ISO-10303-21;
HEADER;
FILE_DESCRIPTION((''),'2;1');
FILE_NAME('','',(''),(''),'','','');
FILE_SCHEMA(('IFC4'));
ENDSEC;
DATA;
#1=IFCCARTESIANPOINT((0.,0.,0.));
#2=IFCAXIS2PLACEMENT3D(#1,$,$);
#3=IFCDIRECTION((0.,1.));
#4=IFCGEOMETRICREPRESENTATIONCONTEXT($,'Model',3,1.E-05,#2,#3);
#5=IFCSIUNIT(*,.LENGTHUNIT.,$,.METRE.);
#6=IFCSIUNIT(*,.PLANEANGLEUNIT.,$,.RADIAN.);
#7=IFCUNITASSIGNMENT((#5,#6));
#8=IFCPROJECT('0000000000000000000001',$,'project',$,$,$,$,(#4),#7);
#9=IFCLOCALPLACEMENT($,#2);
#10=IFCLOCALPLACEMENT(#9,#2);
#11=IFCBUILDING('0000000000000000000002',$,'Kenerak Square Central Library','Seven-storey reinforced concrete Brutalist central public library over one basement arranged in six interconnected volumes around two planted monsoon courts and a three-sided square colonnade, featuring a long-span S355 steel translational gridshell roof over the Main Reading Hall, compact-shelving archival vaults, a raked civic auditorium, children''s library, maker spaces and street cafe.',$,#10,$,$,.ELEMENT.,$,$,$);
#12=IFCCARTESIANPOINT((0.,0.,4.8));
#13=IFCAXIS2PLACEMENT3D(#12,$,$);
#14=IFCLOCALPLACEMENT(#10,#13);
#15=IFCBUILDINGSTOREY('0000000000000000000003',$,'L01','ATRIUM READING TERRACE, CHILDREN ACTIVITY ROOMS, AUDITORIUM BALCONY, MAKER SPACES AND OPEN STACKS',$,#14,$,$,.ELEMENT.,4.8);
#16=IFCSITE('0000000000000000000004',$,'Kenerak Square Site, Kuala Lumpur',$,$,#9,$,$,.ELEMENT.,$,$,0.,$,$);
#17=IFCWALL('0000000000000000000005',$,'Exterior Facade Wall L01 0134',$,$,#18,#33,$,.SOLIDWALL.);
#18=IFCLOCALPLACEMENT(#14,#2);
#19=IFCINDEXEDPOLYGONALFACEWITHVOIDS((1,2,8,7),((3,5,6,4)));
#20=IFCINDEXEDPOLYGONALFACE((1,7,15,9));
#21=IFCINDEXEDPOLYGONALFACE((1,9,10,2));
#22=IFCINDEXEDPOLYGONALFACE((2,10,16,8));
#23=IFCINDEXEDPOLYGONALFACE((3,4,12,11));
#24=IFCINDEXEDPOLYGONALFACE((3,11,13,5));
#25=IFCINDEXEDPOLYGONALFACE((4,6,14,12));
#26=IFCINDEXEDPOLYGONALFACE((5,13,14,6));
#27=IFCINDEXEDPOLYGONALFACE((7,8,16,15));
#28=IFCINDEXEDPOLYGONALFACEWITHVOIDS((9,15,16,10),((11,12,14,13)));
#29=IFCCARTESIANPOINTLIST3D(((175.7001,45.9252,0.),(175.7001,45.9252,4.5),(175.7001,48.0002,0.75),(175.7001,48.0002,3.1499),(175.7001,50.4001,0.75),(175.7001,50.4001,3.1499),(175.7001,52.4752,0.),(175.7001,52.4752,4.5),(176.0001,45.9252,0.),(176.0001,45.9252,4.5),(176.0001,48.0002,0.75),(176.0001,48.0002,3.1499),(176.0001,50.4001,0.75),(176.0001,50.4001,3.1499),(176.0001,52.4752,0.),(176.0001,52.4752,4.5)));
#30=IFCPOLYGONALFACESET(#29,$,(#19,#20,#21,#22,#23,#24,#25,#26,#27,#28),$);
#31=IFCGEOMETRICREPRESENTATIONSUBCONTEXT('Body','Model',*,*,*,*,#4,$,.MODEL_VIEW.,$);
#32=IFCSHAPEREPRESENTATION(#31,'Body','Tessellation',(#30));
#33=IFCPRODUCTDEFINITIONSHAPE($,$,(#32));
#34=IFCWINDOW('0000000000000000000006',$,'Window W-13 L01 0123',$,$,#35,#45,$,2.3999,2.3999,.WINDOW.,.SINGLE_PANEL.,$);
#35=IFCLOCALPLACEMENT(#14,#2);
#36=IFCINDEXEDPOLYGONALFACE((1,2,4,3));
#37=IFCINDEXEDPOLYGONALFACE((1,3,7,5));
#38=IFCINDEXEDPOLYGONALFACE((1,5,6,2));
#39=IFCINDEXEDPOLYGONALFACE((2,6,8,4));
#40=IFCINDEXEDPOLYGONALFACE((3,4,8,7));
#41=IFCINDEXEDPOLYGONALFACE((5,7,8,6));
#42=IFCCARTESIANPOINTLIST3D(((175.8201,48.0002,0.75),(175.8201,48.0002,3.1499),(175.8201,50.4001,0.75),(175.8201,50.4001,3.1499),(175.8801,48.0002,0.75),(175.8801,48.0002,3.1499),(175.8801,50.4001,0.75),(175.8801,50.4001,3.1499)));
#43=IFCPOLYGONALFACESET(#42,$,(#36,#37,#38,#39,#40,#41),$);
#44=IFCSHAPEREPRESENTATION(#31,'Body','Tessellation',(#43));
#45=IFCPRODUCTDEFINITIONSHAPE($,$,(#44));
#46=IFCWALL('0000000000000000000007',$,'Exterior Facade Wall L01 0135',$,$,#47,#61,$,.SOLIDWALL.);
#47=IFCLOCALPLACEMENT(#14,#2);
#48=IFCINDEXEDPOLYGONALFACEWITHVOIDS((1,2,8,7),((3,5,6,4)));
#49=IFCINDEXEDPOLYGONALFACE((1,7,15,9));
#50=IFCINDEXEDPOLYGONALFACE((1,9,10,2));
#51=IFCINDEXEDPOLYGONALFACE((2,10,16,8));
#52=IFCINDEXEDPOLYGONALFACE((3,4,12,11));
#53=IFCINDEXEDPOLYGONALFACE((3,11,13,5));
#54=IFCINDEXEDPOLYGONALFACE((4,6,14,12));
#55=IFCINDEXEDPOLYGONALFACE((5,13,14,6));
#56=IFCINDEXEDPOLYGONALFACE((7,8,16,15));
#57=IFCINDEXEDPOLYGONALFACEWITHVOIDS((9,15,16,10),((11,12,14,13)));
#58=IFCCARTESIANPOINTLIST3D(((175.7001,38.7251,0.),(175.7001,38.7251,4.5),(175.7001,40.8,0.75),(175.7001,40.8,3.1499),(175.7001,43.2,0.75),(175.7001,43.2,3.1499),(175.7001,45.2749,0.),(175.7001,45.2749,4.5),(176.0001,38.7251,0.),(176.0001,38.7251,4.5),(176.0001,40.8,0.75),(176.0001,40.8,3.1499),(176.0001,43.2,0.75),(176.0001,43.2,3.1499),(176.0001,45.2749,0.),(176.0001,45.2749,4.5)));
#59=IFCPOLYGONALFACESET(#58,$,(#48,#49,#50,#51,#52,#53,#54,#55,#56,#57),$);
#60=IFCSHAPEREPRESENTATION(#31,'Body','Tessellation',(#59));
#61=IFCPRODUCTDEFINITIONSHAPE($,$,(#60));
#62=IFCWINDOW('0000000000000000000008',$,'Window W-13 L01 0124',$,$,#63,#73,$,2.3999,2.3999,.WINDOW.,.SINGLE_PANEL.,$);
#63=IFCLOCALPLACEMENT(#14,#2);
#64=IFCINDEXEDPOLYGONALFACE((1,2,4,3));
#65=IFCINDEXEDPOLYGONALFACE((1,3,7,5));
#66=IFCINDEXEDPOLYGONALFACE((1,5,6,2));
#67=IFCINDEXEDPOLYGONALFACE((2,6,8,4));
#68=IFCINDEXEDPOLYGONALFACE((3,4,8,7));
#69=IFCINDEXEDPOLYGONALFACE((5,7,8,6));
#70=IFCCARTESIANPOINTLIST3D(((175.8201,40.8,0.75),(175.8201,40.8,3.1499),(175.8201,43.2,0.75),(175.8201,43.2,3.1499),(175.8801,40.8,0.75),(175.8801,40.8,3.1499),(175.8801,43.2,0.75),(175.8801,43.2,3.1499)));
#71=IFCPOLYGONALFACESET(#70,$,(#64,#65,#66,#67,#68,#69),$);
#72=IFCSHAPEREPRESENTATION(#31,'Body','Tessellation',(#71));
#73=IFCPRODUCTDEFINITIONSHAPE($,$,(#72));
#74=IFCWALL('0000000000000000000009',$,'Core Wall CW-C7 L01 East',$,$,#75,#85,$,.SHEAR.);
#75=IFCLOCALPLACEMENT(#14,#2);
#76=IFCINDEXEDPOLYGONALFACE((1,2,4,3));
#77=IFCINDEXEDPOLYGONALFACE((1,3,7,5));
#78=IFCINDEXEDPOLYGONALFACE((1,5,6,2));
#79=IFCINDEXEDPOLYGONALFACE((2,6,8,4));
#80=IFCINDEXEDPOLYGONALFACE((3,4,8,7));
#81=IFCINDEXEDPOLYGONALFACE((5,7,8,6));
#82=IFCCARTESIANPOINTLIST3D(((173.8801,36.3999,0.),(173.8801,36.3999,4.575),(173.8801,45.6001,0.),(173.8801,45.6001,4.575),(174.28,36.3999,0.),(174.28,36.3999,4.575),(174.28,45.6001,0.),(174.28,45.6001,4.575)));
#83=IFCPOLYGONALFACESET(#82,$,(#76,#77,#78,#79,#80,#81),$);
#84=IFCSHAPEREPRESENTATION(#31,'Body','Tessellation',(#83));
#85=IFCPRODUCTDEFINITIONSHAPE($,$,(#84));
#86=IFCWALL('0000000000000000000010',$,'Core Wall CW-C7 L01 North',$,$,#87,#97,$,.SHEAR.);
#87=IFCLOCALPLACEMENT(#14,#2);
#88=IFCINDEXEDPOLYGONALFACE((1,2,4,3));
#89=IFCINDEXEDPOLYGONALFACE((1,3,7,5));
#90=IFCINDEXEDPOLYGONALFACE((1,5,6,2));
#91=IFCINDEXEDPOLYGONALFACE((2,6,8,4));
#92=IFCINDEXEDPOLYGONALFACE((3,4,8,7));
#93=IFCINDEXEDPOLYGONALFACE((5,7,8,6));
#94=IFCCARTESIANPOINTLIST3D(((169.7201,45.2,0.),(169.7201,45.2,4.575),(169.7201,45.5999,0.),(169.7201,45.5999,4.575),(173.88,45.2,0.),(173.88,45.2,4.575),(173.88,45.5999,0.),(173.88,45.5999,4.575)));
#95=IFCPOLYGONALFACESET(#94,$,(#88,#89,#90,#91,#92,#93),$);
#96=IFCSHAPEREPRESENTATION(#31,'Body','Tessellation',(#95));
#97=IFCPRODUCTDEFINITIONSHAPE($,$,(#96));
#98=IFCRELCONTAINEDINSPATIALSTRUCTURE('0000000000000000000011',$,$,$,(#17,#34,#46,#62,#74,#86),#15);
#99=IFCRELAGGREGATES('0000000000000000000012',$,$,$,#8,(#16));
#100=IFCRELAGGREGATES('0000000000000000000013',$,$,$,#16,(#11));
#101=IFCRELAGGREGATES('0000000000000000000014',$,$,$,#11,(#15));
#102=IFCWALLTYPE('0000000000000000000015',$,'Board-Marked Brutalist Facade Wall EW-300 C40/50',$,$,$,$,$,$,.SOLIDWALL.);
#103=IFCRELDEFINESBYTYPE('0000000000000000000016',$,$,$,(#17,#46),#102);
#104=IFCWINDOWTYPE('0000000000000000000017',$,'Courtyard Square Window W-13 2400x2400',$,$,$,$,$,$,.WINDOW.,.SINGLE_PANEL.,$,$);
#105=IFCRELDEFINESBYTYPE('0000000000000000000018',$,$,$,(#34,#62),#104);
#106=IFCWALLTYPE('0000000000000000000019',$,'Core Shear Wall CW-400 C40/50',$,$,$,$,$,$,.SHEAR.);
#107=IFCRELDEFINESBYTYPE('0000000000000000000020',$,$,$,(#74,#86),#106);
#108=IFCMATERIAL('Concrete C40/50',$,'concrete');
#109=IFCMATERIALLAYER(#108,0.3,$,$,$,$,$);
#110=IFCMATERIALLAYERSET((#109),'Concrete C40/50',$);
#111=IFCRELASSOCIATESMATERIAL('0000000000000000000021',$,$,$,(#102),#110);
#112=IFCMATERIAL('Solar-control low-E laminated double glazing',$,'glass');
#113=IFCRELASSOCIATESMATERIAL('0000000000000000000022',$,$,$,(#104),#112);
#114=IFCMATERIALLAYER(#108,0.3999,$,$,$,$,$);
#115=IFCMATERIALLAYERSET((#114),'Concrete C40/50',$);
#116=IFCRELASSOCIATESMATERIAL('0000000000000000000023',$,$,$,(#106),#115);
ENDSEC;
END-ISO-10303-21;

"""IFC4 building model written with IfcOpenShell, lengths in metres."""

from ifc_helpers import new_model, si_unit, direction, frame, frame_2d, origin, place, context, subcontext, project, spatial, rectangle, extrude, material, layer, layer_set, type_object, element, fill, save


model = new_model("IFC4")

# Units and contexts
model_context = context("Model", 3, precision=1e-05, world=origin(), true_north=direction((0.0, 1.0)))
body_context = subcontext(model_context, "Body", "Model", "MODEL_VIEW")
ifc_project = project(units=[si_unit("LENGTHUNIT", "METRE"), si_unit("PLANEANGLEUNIT", "RADIAN")], contexts=[model_context])

# Site, building, storey
site_placement = place(None, origin())
site = spatial("IfcSite", under=ifc_project, at=site_placement, Name="Kenerak Square Site, Kuala Lumpur", CompositionType="ELEMENT", RefElevation=0.0)
building_placement = place(site_placement, origin())
building = spatial("IfcBuilding", under=site, at=building_placement, Name="Kenerak Square Central Library", Description="Seven-storey reinforced concrete Brutalist central public library over one basement arranged in six interconnected volumes around two planted monsoon courts and a three-sided square colonnade, featuring a long-span S355 steel translational gridshell roof over the Main Reading Hall, compact-shelving archival vaults, a raked civic auditorium, children's library, maker spaces and street cafe.", CompositionType="ELEMENT")
storey_placement = place(building_placement, frame((0.0, 0.0, 4.8)))
storey = spatial("IfcBuildingStorey", under=building, at=storey_placement, Name="L01", Description="ATRIUM READING TERRACE, CHILDREN ACTIVITY ROOMS, AUDITORIUM BALCONY, MAKER SPACES AND OPEN STACKS", CompositionType="ELEMENT", Elevation=4.8)

# Shared definitions
ifc_material_1 = material(Name="Concrete C40/50", Category="concrete")

# Walls, openings, windows
ifc_layer_1 = layer(ifc_material_1, 0.3)
ifc_layer_set_1 = layer_set([ifc_layer_1], Name="Concrete C40/50")
wall_type_1 = type_object("IfcWallType", Name="Board-Marked Brutalist Facade Wall EW-300 C40/50", PredefinedType="SOLIDWALL", material=ifc_layer_set_1)
ifc_material_2 = material(Name="Solar-control low-E laminated double glazing", Category="glass")
window_type = type_object("IfcWindowType", Name="Courtyard Square Window W-13 2400x2400", PartitioningType="SINGLE_PANEL", PredefinedType="WINDOW", material=ifc_material_2)
wall_1_placement = place(storey_placement, frame((175.8501, 52.4751, 0.0), z_axis=(0.0, 0.0, 1.0), x_axis=(0.0, -1.0, 0.0)))
wall_1 = element("IfcWall", 1, at=wall_1_placement, inside=storey, type_object=wall_type_1, Name="Exterior Facade Wall L01 0134", PredefinedType="SOLIDWALL", context=body_context, shape_type="SweptSolid", body=[
    extrude(rectangle(XDim=6.55, YDim=0.3, at=frame_2d((3.2749, 0.0))), origin(), (0.0, 0.0, 1.0), 4.5),
])
opening_1_placement = place(wall_1_placement, frame((2.075, 0.0, 0.75)))
opening_1 = element("IfcOpeningElement", 2, at=opening_1_placement, cuts=wall_1, PredefinedType="OPENING", context=body_context, shape_type="SweptSolid", body=[
    extrude(rectangle(XDim=2.3999, YDim=2.3999, at=frame_2d((1.2, 1.2))), frame((0.0, 0.1599, 0.0), z_axis=(0.0, -1.0, 0.0), x_axis=(1.0, 0.0, 0.0)), (0.0, 0.0, 1.0), 0.3201),
])
window_1_placement = place(opening_1_placement, origin())
window_1 = element("IfcWindow", 3, at=window_1_placement, inside=storey, type_object=window_type, Name="Window W-13 L01 0123", OverallHeight=2.3999, OverallWidth=2.3999, PartitioningType="SINGLE_PANEL", PredefinedType="WINDOW", context=body_context, shape_type="SweptSolid", body=[
    extrude(rectangle(XDim=2.3999, YDim=2.3999, at=frame_2d((1.2, 1.2))), frame((0.0, 0.03, 0.0), z_axis=(0.0, -1.0, 0.0), x_axis=(1.0, 0.0, 0.0)), (0.0, 0.0, 1.0), 0.0601),
])
fill(opening_1, window_1)
wall_2_placement = place(storey_placement, frame((175.8501, 45.2749, 0.0), z_axis=(0.0, 0.0, 1.0), x_axis=(0.0, -1.0, 0.0)))
wall_2 = element("IfcWall", 4, at=wall_2_placement, inside=storey, type_object=wall_type_1, Name="Exterior Facade Wall L01 0135", PredefinedType="SOLIDWALL", context=body_context, shape_type="SweptSolid", body=[
    extrude(rectangle(XDim=6.5498, YDim=0.3, at=frame_2d((3.2749, 0.0))), origin(), (0.0, 0.0, 1.0), 4.5),
])
opening_2_placement = place(wall_2_placement, frame((2.075, 0.0, 0.75)))
opening_2 = element("IfcOpeningElement", 5, at=opening_2_placement, cuts=wall_2, PredefinedType="OPENING", context=body_context, shape_type="SweptSolid", body=[
    extrude(rectangle(XDim=2.3999, YDim=2.3999, at=frame_2d((1.2, 1.2))), frame((0.0, 0.1599, 0.0), z_axis=(0.0, -1.0, 0.0), x_axis=(1.0, 0.0, 0.0)), (0.0, 0.0, 1.0), 0.3201),
])
window_2_placement = place(opening_2_placement, origin())
window_2 = element("IfcWindow", 6, at=window_2_placement, inside=storey, type_object=window_type, Name="Window W-13 L01 0124", OverallHeight=2.3999, OverallWidth=2.3999, PartitioningType="SINGLE_PANEL", PredefinedType="WINDOW", context=body_context, shape_type="SweptSolid", body=[
    extrude(rectangle(XDim=2.3999, YDim=2.3999, at=frame_2d((1.2, 1.2))), frame((0.0, 0.03, 0.0), z_axis=(0.0, -1.0, 0.0), x_axis=(1.0, 0.0, 0.0)), (0.0, 0.0, 1.0), 0.0601),
])
fill(opening_2, window_2)

# Walls
ifc_layer_2 = layer(ifc_material_1, 0.3999)
ifc_layer_set_2 = layer_set([ifc_layer_2], Name="Concrete C40/50")
wall_type_2 = type_object("IfcWallType", Name="Core Shear Wall CW-400 C40/50", PredefinedType="SHEAR", material=ifc_layer_set_2)
wall_3_placement = place(storey_placement, frame((174.0801, 45.6001, 0.0), z_axis=(0.0, 0.0, 1.0), x_axis=(0.0, -1.0, 0.0)))
element("IfcWall", 7, at=wall_3_placement, inside=storey, type_object=wall_type_2, Name="Core Wall CW-C7 L01 East", PredefinedType="SHEAR", context=body_context, shape_type="SweptSolid", body=[
    extrude(rectangle(XDim=9.2002, YDim=0.3999, at=frame_2d((4.6001, 0.0))), origin(), (0.0, 0.0, 1.0), 4.575),
])
wall_4_placement = place(storey_placement, frame((169.72, 45.3999, 0.0), z_axis=(0.0, 0.0, 1.0), x_axis=(1.0, 0.0, 0.0)))
element("IfcWall", 8, at=wall_4_placement, inside=storey, type_object=wall_type_2, Name="Core Wall CW-C7 L01 North", PredefinedType="SHEAR", context=body_context, shape_type="SweptSolid", body=[
    extrude(rectangle(XDim=4.1599, YDim=0.3999, at=frame_2d((2.0801, 0.0))), origin(), (0.0, 0.0, 1.0), 4.575),
])

save(model, "model.ifc")
